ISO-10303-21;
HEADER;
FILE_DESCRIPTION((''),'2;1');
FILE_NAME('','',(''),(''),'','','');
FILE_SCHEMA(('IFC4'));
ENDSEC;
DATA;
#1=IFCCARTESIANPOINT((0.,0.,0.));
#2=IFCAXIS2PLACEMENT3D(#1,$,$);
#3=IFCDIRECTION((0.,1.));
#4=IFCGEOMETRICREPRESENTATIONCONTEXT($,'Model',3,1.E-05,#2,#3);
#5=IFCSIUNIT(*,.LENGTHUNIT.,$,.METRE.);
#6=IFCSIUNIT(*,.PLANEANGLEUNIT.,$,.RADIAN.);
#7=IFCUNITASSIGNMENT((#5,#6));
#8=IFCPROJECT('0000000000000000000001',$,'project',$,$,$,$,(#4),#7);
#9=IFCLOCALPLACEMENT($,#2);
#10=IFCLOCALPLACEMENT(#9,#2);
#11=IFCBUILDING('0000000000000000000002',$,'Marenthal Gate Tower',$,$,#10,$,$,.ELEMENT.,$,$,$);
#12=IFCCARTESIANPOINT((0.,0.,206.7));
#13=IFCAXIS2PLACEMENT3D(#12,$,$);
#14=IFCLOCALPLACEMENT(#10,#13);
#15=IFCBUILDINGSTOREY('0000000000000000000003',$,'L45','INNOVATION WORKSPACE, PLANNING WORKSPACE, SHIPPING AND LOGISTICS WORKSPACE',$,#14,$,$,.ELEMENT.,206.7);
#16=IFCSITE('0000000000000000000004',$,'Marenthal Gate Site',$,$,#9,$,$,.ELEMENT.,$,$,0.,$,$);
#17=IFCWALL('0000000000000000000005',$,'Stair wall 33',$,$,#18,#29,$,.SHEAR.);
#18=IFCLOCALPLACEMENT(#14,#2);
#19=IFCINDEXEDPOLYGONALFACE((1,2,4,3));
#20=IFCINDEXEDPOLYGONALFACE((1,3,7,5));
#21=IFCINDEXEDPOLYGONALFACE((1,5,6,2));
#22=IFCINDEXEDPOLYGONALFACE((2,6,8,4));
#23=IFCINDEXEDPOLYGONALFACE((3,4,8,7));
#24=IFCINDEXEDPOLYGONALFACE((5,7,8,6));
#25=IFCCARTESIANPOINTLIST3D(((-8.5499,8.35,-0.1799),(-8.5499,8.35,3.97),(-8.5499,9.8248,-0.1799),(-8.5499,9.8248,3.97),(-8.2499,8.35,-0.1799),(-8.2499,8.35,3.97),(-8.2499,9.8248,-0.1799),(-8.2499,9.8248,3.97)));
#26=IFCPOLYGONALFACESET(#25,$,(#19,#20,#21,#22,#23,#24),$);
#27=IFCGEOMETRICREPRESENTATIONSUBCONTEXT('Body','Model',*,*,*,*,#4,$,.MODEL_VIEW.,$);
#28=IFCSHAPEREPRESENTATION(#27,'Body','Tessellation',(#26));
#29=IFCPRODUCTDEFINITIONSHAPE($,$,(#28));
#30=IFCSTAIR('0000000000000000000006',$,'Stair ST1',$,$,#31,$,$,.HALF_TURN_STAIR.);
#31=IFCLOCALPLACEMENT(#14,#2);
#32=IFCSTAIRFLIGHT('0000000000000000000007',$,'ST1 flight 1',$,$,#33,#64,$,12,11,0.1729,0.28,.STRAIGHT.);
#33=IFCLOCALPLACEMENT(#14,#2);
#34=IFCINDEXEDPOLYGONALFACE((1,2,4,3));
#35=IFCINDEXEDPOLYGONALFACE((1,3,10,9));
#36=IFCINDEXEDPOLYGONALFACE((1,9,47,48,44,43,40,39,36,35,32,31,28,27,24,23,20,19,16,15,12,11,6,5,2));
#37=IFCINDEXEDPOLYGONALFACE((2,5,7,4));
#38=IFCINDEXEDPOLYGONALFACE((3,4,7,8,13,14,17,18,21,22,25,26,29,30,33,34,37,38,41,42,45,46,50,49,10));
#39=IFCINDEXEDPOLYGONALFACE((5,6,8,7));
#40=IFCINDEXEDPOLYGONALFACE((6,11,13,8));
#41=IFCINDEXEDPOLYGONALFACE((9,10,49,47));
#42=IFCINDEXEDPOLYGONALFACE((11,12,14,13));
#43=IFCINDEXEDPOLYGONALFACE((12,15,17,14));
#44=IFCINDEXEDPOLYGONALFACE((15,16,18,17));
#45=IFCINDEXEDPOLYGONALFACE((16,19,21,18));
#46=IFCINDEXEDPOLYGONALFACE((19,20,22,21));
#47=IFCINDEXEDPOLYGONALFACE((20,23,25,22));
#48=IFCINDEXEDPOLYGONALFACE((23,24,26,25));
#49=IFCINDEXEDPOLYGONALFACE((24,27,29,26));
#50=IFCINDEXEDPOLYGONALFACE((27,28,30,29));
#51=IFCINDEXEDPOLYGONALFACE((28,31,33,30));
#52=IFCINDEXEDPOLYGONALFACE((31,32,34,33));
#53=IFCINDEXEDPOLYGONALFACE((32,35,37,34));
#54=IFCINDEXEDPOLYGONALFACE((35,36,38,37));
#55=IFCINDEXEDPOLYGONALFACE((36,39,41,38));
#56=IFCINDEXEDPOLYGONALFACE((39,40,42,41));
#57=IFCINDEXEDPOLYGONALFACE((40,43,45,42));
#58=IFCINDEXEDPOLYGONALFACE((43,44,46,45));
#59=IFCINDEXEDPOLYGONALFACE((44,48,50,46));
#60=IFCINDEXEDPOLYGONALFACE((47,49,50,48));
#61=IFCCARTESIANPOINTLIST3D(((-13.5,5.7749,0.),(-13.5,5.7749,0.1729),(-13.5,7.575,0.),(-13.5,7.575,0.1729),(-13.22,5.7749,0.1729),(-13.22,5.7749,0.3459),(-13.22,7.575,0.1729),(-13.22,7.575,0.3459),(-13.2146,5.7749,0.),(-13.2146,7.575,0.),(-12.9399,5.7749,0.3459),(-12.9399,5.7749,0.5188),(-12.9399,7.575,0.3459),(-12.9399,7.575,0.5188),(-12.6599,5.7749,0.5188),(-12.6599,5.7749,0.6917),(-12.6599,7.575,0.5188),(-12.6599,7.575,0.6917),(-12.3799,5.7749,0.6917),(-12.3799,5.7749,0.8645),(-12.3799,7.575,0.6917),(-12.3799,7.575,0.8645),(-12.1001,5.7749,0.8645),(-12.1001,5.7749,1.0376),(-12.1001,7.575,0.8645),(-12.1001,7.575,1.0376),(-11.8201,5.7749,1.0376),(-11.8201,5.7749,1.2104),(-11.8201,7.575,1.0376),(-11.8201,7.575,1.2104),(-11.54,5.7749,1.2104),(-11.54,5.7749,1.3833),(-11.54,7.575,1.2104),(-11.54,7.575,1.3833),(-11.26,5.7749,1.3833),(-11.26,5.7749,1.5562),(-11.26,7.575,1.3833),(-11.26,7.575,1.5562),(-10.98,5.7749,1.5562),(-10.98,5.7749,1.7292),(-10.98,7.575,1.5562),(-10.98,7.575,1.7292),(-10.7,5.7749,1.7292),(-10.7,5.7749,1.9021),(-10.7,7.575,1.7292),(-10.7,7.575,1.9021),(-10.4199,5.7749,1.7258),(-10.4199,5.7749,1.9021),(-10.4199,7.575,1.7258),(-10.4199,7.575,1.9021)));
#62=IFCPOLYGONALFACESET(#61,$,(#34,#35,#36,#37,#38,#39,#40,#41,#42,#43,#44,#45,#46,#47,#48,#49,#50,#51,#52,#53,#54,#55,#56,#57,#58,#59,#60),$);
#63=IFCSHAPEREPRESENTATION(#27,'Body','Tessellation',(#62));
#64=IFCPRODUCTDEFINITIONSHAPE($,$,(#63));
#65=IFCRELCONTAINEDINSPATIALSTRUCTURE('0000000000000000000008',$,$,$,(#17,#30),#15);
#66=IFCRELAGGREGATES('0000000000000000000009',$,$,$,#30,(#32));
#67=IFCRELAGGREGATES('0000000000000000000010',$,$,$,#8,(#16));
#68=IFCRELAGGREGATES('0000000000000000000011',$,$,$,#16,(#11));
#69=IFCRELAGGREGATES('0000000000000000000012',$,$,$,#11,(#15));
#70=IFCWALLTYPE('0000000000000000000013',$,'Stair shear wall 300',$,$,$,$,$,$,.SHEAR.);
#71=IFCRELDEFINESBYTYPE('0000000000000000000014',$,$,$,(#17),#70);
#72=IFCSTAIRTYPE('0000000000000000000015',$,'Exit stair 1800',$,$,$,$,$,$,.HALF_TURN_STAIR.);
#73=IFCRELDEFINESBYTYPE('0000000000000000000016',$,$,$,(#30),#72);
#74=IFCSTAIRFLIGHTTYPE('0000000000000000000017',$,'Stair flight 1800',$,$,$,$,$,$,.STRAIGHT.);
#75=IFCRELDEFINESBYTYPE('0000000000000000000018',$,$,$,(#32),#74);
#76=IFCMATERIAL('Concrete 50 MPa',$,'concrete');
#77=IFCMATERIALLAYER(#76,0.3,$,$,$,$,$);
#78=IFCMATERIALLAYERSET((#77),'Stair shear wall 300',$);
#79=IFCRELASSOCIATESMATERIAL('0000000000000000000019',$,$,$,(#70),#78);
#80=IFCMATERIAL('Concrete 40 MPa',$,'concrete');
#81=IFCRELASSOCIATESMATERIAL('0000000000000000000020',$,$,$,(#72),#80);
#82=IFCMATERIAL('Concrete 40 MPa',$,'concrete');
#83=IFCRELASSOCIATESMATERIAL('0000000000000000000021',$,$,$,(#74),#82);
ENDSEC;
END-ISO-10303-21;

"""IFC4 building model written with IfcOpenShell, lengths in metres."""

from ifc_helpers import new_model, si_unit, direction, frame, frame_2d, origin, place, context, subcontext, project, spatial, polyline, rectangle, outline, extrude, material, layer, layer_set, type_object, element, aggregate, save


model = new_model("IFC4")

# Units and contexts
model_context = context("Model", 3, precision=1e-05, world=origin(), true_north=direction((0.0, 1.0)))
body_context = subcontext(model_context, "Body", "Model", "MODEL_VIEW")
ifc_project = project(units=[si_unit("LENGTHUNIT", "METRE"), si_unit("PLANEANGLEUNIT", "RADIAN")], contexts=[model_context])

# Site, building, storey
site_placement = place(None, origin())
site = spatial("IfcSite", under=ifc_project, at=site_placement, Name="Marenthal Gate Site", CompositionType="ELEMENT", RefElevation=0.0)
building_placement = place(site_placement, origin())
building = spatial("IfcBuilding", under=site, at=building_placement, Name="Marenthal Gate Tower", CompositionType="ELEMENT")
storey_placement = place(building_placement, frame((0.0, 0.0, 206.7)))
storey = spatial("IfcBuildingStorey", under=building, at=storey_placement, Name="L45", Description="INNOVATION WORKSPACE, PLANNING WORKSPACE, SHIPPING AND LOGISTICS WORKSPACE", CompositionType="ELEMENT", Elevation=206.7)

# Wall
ifc_material_1 = material(Name="Concrete 50 MPa", Category="concrete")
ifc_layer_1 = layer(ifc_material_1, 0.3)
ifc_layer_set_1 = layer_set([ifc_layer_1], Name="Stair shear wall 300")
wall_type_1 = type_object("IfcWallType", Name="Stair shear wall 300", PredefinedType="SHEAR", material=ifc_layer_set_1)
wall_1_placement = place(storey_placement, frame((-8.3999, 8.3501, -0.1799), z_axis=(0.0, 0.0, 1.0), x_axis=(0.0, 1.0, 0.0)))
element("IfcWall", 1, at=wall_1_placement, inside=storey, type_object=wall_type_1, Name="Stair wall 33", PredefinedType="SHEAR", context=body_context, shape_type="SweptSolid", body=[
    extrude(rectangle(XDim=1.4749, YDim=0.3, at=frame_2d((0.7373, 0.0))), origin(), (0.0, 0.0, 1.0), 4.1499),
])

# Stair, stair flight
ifc_material_2 = material(Name="Concrete 40 MPa", Category="concrete")
stair_type = type_object("IfcStairType", Name="Exit stair 1800", PredefinedType="HALF_TURN_STAIR", material=ifc_material_2)
stair_placement = place(storey_placement, origin())
stair = element("IfcStair", 2, at=stair_placement, inside=storey, type_object=stair_type, Name="Stair ST1", PredefinedType="HALF_TURN_STAIR")
ifc_material_3 = material(Name="Concrete 40 MPa", Category="concrete")
stair_flight_type = type_object("IfcStairFlightType", Name="Stair flight 1800", PredefinedType="STRAIGHT", material=ifc_material_3)
stair_flight_placement = place(storey_placement, frame((-13.5, 6.675, 0.0), z_axis=(0.0, 0.0, 1.0), x_axis=(1.0, 0.0, 0.0)))
stair_flight = element("IfcStairFlight", 3, at=stair_flight_placement, type_object=stair_flight_type, Name="ST1 flight 1", NumberOfRisers=12, NumberOfTreads=11, PredefinedType="STRAIGHT", RiserHeight=0.1729, TreadLength=0.28, context=body_context, shape_type="SweptSolid", body=[
    extrude(outline(polyline([(0.0, 0.0), (0.0, 0.1729), (0.28, 0.1729), (0.28, 0.3459), (0.5601, 0.3459), (0.5601, 0.5188), (0.8401, 0.5188), (0.8401, 0.6917), (1.1201, 0.6917), (1.1201, 0.8645), (1.3999, 0.8645), (1.3999, 1.0376), (1.6799, 1.0376), (1.6799, 1.2104), (1.96, 1.2104), (1.96, 1.3833), (2.24, 1.3833), (2.24, 1.5562), (2.52, 1.5562), (2.52, 1.7292), (2.8, 1.7292), (2.8, 1.9021), (3.0801, 1.9021), (3.0801, 2.075), (3.0801, 1.7258), (0.2854, 0.0), (0.0, 0.0)])), frame((0.0, 0.8999, 0.0), z_axis=(0.0, -1.0, 0.0), x_axis=(1.0, 0.0, 0.0)), (0.0, 0.0, 1.0), 1.8),
])
aggregate(stair, [stair_flight])

save(model, "model.ifc")
